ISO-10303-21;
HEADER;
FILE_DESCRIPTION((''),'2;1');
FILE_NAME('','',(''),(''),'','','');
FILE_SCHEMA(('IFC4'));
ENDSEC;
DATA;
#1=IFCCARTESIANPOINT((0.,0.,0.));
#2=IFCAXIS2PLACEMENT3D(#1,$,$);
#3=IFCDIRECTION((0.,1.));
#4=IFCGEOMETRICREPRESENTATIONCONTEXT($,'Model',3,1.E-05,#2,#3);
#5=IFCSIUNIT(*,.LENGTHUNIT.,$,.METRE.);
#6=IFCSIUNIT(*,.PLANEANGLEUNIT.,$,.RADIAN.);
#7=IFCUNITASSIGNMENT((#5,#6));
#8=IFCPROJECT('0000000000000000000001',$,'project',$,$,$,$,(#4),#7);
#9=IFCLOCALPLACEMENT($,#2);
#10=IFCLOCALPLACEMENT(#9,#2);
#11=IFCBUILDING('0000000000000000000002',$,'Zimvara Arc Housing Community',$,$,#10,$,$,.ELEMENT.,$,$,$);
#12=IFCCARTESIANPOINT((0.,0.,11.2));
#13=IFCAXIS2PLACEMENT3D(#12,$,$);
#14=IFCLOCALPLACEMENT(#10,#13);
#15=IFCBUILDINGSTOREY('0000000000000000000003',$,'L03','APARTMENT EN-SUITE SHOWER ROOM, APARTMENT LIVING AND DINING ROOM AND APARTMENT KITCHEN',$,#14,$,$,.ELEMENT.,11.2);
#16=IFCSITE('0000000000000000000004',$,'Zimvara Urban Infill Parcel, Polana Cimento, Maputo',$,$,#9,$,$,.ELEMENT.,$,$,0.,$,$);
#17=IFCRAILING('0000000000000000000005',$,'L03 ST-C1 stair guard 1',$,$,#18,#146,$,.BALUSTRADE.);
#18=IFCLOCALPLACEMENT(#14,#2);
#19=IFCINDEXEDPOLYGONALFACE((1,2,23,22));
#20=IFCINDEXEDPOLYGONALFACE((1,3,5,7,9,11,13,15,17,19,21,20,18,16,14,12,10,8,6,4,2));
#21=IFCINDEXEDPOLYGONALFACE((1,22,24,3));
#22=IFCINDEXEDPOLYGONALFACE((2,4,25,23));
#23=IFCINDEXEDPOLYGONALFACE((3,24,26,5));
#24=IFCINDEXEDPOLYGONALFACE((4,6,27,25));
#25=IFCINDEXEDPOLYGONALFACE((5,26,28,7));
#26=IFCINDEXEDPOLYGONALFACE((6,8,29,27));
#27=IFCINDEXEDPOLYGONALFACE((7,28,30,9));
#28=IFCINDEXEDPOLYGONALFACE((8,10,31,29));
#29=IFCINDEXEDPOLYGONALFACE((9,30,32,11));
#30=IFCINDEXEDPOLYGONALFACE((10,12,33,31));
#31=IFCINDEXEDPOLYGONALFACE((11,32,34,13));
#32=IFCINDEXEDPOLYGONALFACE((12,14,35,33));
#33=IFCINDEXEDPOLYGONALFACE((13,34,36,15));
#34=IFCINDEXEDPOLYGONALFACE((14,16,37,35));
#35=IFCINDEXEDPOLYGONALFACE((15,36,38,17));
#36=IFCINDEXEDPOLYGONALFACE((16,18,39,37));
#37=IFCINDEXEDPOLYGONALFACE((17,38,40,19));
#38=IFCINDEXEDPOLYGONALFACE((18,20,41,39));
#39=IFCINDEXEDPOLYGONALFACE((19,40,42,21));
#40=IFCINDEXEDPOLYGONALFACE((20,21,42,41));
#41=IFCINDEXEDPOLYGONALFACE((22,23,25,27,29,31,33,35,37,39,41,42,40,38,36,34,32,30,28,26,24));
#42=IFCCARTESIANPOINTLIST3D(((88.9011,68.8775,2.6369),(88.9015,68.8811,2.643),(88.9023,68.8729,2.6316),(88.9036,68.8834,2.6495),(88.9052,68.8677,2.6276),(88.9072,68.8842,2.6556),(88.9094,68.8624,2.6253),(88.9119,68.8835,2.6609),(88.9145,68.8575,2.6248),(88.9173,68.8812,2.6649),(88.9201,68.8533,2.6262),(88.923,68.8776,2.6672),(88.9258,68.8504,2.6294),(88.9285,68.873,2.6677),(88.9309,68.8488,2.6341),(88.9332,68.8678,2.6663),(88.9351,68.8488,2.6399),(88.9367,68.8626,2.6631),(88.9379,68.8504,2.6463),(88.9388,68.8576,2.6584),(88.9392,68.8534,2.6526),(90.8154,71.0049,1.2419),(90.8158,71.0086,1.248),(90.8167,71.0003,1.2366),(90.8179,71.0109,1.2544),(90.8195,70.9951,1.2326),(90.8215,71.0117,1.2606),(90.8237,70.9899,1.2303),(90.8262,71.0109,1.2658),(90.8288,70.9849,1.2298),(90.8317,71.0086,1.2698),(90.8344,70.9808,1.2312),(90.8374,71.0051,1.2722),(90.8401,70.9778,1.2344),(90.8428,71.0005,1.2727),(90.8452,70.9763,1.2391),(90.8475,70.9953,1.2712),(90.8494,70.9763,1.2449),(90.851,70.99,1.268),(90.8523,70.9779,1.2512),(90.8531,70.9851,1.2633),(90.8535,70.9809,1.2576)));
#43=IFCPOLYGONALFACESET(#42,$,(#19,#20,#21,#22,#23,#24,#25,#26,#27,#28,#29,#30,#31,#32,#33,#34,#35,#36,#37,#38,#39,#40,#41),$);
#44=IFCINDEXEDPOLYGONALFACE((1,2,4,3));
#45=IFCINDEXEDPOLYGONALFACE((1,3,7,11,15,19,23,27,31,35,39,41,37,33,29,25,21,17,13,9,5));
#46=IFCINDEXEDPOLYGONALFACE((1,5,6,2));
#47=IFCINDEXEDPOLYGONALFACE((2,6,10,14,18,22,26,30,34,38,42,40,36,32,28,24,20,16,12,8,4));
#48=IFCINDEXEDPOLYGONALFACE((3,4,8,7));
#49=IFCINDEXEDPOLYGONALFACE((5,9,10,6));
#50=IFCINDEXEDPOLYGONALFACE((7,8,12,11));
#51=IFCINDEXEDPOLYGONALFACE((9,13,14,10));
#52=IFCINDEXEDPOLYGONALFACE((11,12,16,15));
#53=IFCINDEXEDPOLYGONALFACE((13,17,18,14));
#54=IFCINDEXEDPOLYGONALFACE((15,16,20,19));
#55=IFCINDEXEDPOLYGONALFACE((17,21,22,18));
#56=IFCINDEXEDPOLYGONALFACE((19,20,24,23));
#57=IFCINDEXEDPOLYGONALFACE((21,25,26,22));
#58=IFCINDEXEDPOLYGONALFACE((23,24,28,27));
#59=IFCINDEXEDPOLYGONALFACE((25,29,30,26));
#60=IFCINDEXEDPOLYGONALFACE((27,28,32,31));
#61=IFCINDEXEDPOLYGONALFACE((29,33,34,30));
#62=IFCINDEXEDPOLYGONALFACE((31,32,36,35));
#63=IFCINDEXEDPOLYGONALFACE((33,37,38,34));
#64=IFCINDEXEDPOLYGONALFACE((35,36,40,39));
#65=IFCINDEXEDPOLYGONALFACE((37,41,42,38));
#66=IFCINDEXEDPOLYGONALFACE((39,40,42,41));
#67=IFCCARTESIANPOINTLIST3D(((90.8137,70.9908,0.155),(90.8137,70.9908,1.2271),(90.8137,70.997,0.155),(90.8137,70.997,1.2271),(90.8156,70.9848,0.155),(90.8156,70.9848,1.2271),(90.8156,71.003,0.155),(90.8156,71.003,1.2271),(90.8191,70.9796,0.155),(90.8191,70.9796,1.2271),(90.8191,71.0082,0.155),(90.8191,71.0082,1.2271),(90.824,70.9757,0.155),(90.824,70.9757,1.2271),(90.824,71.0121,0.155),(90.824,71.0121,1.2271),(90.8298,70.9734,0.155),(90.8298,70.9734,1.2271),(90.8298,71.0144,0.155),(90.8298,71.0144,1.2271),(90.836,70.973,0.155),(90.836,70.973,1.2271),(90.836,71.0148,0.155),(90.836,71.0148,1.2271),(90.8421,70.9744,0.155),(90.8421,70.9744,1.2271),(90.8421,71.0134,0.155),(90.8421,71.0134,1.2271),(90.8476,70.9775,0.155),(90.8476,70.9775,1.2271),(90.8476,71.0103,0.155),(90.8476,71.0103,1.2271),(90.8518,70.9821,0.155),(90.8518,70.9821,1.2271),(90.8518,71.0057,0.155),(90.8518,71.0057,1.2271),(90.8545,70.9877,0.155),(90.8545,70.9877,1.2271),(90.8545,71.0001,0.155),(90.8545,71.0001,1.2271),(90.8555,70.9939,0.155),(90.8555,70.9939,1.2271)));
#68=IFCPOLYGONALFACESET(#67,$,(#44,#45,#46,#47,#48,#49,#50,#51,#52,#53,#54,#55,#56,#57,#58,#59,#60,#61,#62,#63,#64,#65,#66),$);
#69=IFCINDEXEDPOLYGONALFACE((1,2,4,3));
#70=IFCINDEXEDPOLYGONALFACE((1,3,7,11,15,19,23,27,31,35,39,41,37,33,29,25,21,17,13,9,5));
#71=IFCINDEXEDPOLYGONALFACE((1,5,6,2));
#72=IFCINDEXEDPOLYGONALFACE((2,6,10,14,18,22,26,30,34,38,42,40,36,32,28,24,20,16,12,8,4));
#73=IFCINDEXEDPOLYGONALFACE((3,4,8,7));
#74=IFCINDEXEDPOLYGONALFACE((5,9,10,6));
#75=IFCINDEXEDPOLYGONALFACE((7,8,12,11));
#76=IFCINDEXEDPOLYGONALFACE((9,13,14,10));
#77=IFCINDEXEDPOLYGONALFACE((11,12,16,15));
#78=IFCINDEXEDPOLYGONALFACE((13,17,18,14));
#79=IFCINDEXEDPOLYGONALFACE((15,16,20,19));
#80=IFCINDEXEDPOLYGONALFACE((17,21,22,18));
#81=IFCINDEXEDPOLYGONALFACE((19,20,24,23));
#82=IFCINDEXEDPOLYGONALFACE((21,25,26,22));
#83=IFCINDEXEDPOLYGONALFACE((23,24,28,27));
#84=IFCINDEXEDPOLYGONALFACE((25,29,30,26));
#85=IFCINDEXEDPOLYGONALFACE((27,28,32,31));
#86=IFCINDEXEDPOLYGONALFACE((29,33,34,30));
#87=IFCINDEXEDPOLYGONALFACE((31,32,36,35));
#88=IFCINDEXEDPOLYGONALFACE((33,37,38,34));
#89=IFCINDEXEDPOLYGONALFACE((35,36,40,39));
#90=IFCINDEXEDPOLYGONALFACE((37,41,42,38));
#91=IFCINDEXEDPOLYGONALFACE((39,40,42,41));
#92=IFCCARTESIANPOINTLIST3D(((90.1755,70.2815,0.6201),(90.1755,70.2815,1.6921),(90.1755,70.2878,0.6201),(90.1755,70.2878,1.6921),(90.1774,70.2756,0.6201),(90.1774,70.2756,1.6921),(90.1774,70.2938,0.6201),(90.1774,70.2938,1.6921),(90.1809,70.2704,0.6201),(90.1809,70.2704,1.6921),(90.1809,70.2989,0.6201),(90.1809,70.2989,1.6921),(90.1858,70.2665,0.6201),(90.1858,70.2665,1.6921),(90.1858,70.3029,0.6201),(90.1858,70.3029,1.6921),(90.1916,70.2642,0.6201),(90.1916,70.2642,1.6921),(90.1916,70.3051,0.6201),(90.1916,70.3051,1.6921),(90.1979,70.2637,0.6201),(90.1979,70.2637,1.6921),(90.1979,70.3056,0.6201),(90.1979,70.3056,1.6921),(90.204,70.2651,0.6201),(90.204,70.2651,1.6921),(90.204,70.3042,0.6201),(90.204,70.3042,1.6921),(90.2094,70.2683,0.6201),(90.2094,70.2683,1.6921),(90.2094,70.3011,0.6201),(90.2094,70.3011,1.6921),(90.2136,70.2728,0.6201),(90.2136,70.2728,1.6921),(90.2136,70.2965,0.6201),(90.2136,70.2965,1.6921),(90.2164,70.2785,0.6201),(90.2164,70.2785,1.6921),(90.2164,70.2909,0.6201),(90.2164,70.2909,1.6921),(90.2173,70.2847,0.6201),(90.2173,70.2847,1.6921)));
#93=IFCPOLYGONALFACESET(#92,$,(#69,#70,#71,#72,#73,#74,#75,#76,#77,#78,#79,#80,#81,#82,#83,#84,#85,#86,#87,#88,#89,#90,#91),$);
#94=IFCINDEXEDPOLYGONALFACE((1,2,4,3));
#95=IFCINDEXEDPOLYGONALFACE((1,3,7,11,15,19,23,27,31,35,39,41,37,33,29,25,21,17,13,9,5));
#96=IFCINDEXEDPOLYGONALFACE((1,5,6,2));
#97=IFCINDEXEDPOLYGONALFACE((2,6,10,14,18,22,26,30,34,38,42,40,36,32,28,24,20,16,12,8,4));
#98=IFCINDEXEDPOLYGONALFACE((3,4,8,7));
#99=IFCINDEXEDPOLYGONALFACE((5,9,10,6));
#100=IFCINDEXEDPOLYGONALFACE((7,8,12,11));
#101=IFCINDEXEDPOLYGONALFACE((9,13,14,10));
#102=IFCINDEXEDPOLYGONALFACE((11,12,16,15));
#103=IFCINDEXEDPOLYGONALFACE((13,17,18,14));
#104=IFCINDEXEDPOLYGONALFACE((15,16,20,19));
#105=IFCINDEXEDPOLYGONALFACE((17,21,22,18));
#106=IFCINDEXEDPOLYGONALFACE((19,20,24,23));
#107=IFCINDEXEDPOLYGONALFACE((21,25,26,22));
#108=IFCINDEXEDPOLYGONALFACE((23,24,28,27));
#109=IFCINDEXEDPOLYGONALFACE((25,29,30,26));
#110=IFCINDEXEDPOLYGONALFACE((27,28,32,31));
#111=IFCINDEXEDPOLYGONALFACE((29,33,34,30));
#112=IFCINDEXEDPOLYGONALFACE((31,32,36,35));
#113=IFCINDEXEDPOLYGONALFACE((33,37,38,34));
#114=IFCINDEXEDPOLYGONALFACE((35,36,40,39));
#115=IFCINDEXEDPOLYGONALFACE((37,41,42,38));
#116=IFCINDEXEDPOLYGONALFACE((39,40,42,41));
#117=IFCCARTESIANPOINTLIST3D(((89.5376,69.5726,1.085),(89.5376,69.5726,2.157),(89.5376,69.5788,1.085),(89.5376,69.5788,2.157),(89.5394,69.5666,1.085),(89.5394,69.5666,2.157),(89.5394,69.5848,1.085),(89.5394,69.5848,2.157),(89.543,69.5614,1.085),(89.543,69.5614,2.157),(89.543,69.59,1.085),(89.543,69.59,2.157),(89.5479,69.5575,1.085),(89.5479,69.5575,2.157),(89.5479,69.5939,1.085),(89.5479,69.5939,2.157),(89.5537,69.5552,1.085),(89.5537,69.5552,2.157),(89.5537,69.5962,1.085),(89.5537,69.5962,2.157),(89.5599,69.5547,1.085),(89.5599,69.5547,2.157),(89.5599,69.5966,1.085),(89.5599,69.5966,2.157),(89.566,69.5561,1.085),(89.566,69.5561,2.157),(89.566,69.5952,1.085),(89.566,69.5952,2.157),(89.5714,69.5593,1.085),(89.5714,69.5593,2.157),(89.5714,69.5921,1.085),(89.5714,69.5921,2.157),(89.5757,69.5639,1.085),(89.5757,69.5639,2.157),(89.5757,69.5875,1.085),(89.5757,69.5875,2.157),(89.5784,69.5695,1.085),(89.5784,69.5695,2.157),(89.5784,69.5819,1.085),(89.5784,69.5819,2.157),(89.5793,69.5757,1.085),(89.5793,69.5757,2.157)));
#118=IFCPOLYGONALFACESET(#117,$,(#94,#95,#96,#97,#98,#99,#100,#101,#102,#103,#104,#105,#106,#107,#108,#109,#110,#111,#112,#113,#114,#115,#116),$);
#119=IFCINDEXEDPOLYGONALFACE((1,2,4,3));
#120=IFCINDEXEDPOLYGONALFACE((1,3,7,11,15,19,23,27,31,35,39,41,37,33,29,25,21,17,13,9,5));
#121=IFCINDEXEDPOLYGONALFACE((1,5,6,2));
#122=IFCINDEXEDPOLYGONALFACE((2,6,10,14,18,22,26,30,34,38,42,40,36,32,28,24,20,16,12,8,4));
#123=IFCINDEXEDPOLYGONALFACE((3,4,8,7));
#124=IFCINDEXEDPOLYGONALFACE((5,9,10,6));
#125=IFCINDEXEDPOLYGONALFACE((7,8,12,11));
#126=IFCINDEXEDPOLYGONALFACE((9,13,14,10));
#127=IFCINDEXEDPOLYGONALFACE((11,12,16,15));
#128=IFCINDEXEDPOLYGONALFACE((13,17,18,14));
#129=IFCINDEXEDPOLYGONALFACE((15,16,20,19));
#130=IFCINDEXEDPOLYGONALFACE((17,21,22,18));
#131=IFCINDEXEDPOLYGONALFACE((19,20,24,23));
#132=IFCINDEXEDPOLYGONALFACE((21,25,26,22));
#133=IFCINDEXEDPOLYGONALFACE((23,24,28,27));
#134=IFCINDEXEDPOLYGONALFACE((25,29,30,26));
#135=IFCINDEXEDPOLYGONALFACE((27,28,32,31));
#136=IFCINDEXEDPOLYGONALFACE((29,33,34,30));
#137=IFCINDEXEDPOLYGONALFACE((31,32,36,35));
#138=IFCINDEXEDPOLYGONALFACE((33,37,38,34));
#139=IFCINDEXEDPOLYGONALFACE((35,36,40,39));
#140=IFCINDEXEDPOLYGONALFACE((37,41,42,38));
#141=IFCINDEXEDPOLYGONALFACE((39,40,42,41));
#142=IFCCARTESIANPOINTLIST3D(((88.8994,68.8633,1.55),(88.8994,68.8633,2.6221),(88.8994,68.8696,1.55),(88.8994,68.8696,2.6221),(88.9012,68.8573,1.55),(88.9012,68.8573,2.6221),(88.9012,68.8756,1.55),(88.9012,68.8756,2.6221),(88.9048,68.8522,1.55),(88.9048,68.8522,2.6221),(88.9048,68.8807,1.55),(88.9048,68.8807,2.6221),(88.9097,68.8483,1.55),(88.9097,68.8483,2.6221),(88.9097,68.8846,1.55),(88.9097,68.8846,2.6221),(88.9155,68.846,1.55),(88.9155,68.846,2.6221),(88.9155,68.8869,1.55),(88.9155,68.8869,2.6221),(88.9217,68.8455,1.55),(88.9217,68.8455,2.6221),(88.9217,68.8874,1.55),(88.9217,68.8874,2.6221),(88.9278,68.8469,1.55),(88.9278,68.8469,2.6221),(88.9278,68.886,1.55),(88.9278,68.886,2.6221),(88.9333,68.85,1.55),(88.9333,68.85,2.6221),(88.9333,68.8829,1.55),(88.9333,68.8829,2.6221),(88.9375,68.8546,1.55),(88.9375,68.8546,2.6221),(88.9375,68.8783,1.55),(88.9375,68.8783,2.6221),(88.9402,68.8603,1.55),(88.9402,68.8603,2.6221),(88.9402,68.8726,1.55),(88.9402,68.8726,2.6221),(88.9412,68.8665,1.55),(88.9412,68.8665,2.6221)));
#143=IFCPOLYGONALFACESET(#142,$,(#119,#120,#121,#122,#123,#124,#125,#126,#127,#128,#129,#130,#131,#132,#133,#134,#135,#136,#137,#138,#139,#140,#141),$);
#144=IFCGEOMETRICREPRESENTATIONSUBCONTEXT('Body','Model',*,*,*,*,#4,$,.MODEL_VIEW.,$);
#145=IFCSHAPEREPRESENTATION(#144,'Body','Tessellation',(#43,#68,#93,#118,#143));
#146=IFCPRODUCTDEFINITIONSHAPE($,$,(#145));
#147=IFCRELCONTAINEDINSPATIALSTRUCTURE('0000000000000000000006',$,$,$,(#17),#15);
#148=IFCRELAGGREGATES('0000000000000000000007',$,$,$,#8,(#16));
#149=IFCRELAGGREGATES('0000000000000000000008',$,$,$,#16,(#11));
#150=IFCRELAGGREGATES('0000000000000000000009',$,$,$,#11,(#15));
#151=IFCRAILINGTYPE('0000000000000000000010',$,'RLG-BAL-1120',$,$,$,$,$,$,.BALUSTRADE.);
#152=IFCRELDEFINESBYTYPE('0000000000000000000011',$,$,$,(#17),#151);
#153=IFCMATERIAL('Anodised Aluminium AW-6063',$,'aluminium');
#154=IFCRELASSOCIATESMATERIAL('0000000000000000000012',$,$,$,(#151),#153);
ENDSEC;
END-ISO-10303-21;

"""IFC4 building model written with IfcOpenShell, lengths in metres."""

from ifc_helpers import new_model, si_unit, direction, frame, origin, origin_2d, place, context, subcontext, project, spatial, circle, extrude, material, type_object, element, save


model = new_model("IFC4")

# Units and contexts
model_context = context("Model", 3, precision=1e-05, world=origin(), true_north=direction((0.0, 1.0)))
body_context = subcontext(model_context, "Body", "Model", "MODEL_VIEW")
ifc_project = project(units=[si_unit("LENGTHUNIT", "METRE"), si_unit("PLANEANGLEUNIT", "RADIAN")], contexts=[model_context])

# Site, building, storey
site_placement = place(None, origin())
site = spatial("IfcSite", under=ifc_project, at=site_placement, Name="Zimvara Urban Infill Parcel, Polana Cimento, Maputo", CompositionType="ELEMENT", RefElevation=0.0)
building_placement = place(site_placement, origin())
building = spatial("IfcBuilding", under=site, at=building_placement, Name="Zimvara Arc Housing Community", CompositionType="ELEMENT")
storey_placement = place(building_placement, frame((0.0, 0.0, 11.2)))
storey = spatial("IfcBuildingStorey", under=building, at=storey_placement, Name="L03", Description="APARTMENT EN-SUITE SHOWER ROOM, APARTMENT LIVING AND DINING ROOM AND APARTMENT KITCHEN", CompositionType="ELEMENT", Elevation=11.2)

# Railing
ifc_material_1 = material(Name="Anodised Aluminium AW-6063", Category="aluminium")
railing_type_1 = type_object("IfcRailingType", Name="RLG-BAL-1120", PredefinedType="BALUSTRADE", material=ifc_material_1)
railing_1_placement = place(storey_placement, frame((90.8345, 70.9939, 0.155)))
element("IfcRailing", 1, at=railing_1_placement, inside=storey, type_object=railing_type_1, Name="L03 ST-C1 stair guard 1", PredefinedType="BALUSTRADE", context=body_context, shape_type="SweptSolid", body=[
    extrude(circle(Radius=0.0239, at=origin_2d()), frame((0.0, 0.0, 1.0962), z_axis=(-0.601263, -0.668206, 0.43816), x_axis=(0.743362, -0.668889, 0.0)), (0.0, 0.0, 1.0), 3.1838),
    extrude(circle(Radius=0.021, at=origin_2d()), origin(), (0.0, 0.0, 1.0), 1.072),
    extrude(circle(Radius=0.021, at=origin_2d()), frame((-0.6382, -0.7092, 0.4651)), (0.0, 0.0, 1.0), 1.072),
    extrude(circle(Radius=0.021, at=origin_2d()), frame((-1.2761, -1.4182, 0.9299)), (0.0, 0.0, 1.0), 1.072),
    extrude(circle(Radius=0.021, at=origin_2d()), frame((-1.9143, -2.1274, 1.395)), (0.0, 0.0, 1.0), 1.072),
])

save(model, "model.ifc")
